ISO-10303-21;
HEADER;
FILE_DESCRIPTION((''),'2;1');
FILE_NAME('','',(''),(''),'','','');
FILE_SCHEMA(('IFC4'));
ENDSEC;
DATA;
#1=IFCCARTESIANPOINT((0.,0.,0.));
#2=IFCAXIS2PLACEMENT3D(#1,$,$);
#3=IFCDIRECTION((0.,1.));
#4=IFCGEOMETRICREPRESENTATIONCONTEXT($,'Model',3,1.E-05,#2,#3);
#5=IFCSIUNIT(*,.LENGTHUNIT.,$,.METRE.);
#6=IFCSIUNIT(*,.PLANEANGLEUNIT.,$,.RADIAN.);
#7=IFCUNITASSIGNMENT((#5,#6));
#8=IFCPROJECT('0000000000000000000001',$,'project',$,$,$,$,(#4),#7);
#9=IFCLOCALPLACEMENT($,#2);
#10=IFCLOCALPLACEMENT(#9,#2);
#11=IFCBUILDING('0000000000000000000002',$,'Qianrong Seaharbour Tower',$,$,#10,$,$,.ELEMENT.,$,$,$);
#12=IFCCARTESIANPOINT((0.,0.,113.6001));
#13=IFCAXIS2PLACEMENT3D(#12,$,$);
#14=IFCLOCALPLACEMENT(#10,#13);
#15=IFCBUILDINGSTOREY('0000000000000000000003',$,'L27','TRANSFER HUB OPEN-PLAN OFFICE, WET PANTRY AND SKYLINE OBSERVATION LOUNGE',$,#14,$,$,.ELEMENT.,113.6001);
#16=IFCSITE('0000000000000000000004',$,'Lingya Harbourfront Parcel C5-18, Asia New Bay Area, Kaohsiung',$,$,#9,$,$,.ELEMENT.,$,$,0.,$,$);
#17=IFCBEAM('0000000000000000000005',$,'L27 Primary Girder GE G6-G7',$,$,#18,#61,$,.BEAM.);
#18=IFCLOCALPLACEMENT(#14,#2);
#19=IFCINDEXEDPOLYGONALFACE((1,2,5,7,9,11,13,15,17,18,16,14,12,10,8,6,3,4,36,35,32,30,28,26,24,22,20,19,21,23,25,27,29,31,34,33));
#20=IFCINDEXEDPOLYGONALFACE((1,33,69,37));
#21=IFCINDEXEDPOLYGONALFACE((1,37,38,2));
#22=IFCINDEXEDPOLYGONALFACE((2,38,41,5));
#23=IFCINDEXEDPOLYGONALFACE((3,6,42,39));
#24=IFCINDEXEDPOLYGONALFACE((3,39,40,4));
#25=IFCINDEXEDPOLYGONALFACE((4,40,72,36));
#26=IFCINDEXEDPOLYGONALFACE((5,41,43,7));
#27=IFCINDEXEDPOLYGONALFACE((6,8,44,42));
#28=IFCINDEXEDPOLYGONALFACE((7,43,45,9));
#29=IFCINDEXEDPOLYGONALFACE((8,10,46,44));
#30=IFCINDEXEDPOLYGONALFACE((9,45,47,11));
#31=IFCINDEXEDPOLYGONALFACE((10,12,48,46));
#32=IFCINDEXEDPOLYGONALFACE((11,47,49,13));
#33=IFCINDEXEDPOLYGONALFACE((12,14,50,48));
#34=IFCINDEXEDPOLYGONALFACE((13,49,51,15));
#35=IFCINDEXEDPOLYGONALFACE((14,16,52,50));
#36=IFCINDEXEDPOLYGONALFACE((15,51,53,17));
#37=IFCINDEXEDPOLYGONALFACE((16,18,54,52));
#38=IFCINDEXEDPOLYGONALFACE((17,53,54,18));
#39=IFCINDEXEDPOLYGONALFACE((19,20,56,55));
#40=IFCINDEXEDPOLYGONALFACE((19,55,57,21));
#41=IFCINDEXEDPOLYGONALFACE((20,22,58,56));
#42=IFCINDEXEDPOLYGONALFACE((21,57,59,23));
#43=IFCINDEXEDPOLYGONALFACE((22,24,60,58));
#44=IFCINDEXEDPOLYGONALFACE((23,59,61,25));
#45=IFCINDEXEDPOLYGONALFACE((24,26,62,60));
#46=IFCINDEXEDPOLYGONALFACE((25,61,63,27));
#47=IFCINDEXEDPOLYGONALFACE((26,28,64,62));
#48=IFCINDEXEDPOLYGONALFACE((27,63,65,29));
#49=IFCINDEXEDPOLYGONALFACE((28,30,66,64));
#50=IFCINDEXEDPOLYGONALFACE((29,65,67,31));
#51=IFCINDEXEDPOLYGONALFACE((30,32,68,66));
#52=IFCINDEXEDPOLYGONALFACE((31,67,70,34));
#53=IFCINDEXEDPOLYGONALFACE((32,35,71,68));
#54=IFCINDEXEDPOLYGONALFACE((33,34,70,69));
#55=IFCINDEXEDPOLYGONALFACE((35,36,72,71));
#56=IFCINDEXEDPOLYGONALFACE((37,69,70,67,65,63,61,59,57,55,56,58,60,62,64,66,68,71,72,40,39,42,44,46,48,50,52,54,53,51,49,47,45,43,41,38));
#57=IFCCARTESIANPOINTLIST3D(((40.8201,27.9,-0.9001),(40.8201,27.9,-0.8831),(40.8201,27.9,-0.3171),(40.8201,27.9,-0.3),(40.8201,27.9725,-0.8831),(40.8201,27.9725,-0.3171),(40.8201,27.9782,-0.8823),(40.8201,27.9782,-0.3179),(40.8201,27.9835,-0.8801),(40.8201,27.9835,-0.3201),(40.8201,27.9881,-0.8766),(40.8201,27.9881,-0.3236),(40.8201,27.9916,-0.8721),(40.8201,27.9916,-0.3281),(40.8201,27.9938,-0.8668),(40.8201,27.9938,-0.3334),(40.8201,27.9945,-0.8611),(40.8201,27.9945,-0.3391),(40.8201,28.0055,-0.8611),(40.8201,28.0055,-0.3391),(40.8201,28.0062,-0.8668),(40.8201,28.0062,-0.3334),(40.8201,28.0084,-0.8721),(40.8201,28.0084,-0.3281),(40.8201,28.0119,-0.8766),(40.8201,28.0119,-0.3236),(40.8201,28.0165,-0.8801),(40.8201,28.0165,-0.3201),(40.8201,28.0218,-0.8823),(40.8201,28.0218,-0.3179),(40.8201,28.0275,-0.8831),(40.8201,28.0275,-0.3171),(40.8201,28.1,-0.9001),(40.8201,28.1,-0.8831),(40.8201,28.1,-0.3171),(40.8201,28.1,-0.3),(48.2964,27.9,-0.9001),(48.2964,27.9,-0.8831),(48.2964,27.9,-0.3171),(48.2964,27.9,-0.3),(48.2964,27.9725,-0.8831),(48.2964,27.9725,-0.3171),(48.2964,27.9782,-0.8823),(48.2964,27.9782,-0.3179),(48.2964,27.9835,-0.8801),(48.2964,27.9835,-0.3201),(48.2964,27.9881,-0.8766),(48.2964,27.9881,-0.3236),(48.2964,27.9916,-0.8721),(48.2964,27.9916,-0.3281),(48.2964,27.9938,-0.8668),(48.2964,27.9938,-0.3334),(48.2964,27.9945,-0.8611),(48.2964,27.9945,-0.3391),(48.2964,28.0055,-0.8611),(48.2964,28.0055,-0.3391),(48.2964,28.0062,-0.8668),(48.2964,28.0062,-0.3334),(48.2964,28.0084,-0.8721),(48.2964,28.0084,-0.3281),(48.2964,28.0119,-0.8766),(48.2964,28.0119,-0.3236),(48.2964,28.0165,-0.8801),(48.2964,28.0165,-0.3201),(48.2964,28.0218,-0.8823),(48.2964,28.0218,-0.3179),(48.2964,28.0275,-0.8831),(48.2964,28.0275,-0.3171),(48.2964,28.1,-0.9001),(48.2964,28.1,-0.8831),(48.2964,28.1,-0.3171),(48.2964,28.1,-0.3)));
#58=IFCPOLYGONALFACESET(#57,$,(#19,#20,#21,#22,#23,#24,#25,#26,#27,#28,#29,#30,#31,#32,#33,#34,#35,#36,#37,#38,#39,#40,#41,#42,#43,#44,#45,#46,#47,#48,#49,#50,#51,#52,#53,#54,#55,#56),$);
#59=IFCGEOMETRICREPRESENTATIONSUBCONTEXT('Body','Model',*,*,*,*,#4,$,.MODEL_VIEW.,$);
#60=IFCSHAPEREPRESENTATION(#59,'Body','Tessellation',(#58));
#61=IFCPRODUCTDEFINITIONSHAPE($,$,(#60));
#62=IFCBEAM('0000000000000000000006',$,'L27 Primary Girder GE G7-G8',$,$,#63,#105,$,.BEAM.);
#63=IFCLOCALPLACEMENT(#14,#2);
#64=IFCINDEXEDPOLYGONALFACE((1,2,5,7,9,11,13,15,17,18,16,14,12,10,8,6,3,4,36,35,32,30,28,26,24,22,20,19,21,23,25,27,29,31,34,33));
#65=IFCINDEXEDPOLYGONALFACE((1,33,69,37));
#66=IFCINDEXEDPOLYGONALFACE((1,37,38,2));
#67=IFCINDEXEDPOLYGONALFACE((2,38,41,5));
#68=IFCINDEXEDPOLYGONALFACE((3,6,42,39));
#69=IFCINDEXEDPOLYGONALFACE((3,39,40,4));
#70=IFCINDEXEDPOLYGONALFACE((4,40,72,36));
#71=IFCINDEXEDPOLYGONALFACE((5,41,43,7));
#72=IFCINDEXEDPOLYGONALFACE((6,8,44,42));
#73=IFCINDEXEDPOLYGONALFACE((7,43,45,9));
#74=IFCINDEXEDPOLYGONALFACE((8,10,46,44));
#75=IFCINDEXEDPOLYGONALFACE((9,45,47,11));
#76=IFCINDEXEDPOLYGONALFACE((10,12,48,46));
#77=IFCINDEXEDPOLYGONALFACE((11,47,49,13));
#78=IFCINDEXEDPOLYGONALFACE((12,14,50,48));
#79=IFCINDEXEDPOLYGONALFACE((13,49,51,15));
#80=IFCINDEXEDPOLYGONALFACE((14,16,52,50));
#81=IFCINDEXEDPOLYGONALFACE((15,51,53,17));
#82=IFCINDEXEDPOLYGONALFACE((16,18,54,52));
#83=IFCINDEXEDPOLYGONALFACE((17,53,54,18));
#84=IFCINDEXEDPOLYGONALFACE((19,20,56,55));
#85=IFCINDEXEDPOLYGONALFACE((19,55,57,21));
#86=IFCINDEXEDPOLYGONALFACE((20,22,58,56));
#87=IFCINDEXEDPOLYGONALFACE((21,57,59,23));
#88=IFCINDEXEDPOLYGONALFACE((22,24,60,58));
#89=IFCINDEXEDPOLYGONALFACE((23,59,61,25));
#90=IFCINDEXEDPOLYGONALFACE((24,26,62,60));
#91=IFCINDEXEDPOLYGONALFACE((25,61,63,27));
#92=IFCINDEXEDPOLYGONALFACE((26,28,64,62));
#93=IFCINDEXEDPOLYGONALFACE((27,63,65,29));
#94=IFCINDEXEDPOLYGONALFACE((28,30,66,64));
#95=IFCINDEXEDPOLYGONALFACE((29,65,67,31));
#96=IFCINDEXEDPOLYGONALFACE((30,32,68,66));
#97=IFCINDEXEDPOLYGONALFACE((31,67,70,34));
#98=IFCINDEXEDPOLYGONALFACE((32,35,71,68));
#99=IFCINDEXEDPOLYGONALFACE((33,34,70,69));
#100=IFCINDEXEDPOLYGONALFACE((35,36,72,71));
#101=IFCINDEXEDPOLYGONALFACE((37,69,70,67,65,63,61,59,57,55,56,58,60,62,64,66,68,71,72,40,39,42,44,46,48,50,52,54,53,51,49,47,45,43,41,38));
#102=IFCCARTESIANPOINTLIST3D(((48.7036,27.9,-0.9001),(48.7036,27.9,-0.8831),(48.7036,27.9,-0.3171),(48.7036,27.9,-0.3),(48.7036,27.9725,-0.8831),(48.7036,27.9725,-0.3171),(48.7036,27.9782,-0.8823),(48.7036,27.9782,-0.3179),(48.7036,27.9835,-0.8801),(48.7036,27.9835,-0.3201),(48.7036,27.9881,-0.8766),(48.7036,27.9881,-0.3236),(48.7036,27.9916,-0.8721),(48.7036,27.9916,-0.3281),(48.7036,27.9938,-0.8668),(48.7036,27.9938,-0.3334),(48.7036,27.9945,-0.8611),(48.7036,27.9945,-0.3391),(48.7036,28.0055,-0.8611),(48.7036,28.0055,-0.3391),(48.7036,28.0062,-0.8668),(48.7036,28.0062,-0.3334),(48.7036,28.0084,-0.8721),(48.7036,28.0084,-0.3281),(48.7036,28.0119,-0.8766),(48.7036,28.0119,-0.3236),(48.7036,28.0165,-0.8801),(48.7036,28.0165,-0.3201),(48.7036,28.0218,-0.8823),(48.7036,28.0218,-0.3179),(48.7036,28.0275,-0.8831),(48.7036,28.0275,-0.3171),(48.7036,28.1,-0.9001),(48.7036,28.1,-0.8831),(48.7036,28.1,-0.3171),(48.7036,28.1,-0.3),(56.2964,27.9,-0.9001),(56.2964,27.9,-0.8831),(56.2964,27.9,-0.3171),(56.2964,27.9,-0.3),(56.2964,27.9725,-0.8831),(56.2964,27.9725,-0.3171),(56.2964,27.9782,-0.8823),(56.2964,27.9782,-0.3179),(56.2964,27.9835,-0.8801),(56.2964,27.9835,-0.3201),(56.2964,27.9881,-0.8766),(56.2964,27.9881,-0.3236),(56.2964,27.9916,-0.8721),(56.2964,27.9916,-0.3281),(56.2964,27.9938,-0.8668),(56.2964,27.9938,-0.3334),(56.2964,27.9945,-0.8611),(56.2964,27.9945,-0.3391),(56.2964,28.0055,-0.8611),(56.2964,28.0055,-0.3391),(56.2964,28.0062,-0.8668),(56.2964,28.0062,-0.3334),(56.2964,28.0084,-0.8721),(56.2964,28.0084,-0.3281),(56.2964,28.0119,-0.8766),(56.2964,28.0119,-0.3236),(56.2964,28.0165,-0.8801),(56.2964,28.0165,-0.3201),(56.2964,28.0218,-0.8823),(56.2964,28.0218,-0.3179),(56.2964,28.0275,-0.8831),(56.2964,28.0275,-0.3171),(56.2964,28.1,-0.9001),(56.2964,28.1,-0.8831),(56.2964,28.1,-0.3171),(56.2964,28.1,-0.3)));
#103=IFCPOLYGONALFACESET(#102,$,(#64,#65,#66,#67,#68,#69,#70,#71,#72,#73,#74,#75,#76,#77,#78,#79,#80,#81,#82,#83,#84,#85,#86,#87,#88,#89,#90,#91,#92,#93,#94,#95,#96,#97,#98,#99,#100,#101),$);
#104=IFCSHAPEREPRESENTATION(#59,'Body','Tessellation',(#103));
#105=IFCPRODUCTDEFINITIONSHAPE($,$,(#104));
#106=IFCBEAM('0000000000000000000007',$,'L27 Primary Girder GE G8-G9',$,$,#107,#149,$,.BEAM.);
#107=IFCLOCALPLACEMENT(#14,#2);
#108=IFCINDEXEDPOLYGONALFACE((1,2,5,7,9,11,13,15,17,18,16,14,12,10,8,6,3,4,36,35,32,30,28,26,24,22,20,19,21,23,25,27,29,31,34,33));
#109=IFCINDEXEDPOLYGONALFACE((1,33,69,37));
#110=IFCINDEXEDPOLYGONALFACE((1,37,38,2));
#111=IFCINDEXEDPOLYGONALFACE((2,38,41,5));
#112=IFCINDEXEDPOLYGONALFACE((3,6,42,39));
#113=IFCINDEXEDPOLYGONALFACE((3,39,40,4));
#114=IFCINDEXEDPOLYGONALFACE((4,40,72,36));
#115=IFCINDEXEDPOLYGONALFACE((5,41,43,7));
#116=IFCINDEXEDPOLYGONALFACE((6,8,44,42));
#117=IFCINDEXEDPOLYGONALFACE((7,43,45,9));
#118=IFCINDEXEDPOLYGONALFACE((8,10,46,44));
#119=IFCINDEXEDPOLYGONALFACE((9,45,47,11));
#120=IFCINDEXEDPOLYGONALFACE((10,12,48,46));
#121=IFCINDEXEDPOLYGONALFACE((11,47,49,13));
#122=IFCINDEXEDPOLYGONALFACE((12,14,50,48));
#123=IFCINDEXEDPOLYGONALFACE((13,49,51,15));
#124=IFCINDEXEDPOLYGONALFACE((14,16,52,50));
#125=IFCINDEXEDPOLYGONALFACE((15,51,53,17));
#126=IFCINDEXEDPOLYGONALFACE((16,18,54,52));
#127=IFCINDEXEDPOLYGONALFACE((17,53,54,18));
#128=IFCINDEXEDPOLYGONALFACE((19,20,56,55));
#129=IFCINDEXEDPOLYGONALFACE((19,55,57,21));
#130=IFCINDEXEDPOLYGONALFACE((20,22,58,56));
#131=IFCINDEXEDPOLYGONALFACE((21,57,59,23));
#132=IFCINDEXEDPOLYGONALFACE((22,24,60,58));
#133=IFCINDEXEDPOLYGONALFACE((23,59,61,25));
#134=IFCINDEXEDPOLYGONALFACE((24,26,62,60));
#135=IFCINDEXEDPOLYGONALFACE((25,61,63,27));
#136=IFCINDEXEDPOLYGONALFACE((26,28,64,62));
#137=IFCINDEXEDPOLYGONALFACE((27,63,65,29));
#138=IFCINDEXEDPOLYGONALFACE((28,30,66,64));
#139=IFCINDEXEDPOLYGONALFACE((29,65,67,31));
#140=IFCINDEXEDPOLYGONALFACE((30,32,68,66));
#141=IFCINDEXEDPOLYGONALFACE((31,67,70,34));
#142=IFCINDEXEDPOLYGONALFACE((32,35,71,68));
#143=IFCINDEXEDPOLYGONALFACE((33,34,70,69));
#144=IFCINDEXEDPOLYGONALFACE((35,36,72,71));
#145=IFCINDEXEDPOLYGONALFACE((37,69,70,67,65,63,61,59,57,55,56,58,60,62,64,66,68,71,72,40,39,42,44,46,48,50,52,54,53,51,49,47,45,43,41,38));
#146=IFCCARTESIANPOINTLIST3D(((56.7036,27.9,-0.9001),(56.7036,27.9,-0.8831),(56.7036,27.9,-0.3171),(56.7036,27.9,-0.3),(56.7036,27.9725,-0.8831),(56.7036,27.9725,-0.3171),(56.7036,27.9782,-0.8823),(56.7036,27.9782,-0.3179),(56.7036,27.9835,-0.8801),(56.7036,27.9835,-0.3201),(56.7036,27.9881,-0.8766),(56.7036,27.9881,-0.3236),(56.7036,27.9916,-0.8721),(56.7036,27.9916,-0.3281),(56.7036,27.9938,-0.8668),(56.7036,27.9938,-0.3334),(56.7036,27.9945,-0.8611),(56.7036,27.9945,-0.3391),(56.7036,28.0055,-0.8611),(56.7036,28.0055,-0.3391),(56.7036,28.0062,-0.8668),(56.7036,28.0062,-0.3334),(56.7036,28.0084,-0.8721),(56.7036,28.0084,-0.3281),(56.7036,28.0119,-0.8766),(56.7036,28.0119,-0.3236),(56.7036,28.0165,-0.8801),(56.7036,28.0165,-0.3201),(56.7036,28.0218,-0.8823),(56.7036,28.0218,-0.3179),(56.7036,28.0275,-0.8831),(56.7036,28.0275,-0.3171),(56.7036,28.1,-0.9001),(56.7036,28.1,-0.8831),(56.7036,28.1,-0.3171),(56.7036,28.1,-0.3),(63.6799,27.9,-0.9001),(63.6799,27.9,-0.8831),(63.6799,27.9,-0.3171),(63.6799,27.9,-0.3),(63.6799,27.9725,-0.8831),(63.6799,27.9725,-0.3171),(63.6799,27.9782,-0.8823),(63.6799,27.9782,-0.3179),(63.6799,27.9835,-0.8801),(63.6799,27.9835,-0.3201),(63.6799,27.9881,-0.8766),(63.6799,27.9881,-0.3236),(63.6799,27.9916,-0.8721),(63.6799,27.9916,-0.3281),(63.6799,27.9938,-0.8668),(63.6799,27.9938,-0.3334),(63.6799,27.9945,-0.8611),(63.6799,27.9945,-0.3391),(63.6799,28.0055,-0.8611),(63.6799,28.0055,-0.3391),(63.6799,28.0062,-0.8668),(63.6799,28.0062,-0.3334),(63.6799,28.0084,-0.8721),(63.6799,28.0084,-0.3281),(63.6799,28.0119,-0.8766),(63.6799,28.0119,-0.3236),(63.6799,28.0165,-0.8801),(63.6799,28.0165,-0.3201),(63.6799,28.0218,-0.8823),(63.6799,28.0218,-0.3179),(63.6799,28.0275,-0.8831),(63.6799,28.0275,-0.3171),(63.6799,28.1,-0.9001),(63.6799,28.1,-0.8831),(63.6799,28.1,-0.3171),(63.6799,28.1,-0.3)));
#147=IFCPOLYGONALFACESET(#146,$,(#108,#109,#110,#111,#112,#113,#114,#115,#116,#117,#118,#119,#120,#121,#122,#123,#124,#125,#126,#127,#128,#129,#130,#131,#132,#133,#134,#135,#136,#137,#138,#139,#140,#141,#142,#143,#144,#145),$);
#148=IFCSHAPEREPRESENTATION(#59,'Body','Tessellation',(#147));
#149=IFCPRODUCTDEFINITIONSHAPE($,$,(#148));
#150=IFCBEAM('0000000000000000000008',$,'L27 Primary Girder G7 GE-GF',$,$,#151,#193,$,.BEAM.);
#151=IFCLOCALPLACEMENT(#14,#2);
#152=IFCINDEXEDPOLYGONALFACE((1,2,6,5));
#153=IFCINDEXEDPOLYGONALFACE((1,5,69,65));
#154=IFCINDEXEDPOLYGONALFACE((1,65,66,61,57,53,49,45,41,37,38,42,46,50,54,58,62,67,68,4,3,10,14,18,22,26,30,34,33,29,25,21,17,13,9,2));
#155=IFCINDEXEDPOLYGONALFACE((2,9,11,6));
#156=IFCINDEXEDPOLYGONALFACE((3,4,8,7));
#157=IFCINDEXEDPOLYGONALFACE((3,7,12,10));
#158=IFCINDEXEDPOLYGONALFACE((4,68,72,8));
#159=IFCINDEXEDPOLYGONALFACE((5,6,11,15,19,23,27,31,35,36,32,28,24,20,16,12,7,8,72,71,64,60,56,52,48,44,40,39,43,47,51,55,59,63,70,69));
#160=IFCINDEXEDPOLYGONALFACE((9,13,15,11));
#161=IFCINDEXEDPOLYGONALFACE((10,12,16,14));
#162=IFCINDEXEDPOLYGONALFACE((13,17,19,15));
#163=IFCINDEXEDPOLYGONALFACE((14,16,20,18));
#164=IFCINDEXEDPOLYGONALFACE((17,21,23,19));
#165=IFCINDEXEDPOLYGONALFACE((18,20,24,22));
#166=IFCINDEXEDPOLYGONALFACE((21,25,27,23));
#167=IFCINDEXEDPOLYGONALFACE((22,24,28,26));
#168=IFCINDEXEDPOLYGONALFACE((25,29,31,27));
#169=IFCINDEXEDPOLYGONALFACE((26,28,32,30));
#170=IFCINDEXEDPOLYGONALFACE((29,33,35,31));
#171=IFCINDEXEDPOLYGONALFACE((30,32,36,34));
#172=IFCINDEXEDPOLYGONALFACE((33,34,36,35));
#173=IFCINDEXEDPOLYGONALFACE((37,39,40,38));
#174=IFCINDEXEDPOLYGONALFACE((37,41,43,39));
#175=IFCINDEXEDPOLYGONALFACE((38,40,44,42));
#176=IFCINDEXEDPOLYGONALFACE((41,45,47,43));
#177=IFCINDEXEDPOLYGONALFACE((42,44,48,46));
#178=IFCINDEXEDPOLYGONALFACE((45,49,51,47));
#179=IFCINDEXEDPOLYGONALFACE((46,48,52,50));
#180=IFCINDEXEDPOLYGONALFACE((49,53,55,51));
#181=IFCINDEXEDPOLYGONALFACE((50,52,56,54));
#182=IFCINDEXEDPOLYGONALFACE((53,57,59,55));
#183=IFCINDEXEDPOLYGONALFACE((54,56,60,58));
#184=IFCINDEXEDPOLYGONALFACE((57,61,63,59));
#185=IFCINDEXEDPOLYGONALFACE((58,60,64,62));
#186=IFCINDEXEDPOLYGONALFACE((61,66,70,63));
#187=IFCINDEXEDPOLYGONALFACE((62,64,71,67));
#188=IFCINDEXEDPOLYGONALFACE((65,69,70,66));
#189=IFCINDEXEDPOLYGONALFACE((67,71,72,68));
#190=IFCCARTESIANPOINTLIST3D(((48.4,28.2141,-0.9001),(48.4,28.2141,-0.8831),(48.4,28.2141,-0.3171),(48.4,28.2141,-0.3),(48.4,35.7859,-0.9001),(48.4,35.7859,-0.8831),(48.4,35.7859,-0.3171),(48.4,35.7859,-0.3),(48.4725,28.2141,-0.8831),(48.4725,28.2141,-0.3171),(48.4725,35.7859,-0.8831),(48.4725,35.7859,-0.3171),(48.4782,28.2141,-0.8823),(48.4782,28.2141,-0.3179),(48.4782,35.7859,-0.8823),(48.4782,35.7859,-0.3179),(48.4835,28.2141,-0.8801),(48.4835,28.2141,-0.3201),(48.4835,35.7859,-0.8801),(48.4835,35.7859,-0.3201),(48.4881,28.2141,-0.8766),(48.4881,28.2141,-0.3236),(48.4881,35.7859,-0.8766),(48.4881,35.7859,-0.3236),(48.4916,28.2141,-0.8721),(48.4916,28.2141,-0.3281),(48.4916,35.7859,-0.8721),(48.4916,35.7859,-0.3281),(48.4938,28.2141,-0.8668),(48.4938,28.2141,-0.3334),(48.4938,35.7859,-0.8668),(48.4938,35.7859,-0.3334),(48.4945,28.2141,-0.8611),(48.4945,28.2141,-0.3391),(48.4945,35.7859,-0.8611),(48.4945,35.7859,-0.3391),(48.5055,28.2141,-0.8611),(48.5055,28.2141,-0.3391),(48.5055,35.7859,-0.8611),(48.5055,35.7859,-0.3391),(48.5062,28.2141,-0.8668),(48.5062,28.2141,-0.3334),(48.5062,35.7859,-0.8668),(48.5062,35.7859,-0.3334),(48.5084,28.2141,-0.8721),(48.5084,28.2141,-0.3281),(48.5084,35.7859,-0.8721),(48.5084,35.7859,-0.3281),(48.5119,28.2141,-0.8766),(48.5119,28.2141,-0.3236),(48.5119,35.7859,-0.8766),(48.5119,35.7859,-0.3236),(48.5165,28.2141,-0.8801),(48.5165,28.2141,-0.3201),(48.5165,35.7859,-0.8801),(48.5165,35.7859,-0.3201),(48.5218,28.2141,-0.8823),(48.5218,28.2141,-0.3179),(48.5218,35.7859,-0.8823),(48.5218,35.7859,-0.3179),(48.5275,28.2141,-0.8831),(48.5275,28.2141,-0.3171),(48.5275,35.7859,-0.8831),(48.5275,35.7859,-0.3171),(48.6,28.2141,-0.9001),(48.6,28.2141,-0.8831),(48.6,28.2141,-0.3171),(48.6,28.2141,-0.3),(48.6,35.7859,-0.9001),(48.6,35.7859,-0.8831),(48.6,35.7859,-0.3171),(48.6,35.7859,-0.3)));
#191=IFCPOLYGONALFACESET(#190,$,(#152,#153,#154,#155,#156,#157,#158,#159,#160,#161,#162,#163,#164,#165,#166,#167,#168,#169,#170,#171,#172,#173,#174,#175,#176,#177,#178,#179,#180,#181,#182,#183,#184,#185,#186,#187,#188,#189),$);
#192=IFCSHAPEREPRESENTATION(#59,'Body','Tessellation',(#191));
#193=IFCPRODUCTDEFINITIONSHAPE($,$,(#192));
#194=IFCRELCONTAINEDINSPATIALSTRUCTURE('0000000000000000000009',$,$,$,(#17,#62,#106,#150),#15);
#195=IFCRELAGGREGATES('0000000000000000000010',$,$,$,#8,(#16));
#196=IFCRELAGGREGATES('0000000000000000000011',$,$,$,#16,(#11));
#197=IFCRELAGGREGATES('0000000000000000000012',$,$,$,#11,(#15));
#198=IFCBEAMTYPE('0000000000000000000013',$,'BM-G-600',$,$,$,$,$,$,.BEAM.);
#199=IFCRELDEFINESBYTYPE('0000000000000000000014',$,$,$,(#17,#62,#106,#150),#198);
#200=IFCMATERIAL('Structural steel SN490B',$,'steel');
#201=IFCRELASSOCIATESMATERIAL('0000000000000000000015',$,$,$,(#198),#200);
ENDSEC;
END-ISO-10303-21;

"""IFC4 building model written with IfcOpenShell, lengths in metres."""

from ifc_helpers import new_model, si_unit, direction, frame, origin, origin_2d, place, context, subcontext, project, spatial, i_section, extrude, material, material_profile, profile_set, type_object, element, save


model = new_model("IFC4")

# Units and contexts
model_context = context("Model", 3, precision=1e-05, world=origin(), true_north=direction((0.0, 1.0)))
body_context = subcontext(model_context, "Body", "Model", "MODEL_VIEW")
ifc_project = project(units=[si_unit("LENGTHUNIT", "METRE"), si_unit("PLANEANGLEUNIT", "RADIAN")], contexts=[model_context])

# Site, building, storey
site_placement = place(None, origin())
site = spatial("IfcSite", under=ifc_project, at=site_placement, Name="Lingya Harbourfront Parcel C5-18, Asia New Bay Area, Kaohsiung", CompositionType="ELEMENT", RefElevation=0.0)
building_placement = place(site_placement, origin())
building = spatial("IfcBuilding", under=site, at=building_placement, Name="Qianrong Seaharbour Tower", CompositionType="ELEMENT")
storey_placement = place(building_placement, frame((0.0, 0.0, 113.6001)))
storey = spatial("IfcBuildingStorey", under=building, at=storey_placement, Name="L27", Description="TRANSFER HUB OPEN-PLAN OFFICE, WET PANTRY AND SKYLINE OBSERVATION LOUNGE", CompositionType="ELEMENT", Elevation=113.6001)

# Shared definitions
ifc_material_1 = material(Name="Structural steel SN490B", Category="steel")

# Beams
ifc_material_profile_1 = material_profile(ifc_material_1, i_section(OverallWidth=0.2, OverallDepth=0.6001, WebThickness=0.011, FlangeThickness=0.0171, FilletRadius=0.022, at=origin_2d()), Name="H600x200x11x17")
ifc_profile_set_1 = profile_set([ifc_material_profile_1], Name="Structural steel SN490B")
beam_type_1 = type_object("IfcBeamType", Name="BM-G-600", PredefinedType="BEAM", material=ifc_profile_set_1)
beam_1_placement = place(storey_placement, frame((40.8201, 28.0, -0.6001), z_axis=(1.0, 0.0, 0.0), x_axis=(0.0, 1.0, 0.0)))
element("IfcBeam", 1, at=beam_1_placement, inside=storey, type_object=beam_type_1, Name="L27 Primary Girder GE G6-G7", PredefinedType="BEAM", context=body_context, shape_type="SweptSolid", body=[
    extrude(i_section(OverallWidth=0.2, OverallDepth=0.6001, WebThickness=0.011, FlangeThickness=0.0171, FilletRadius=0.022, at=origin_2d()), origin(), (0.0, 0.0, 1.0), 7.4763),
])
beam_2_placement = place(storey_placement, frame((48.7036, 28.0, -0.6001), z_axis=(1.0, 0.0, 0.0), x_axis=(0.0, 1.0, 0.0)))
element("IfcBeam", 2, at=beam_2_placement, inside=storey, type_object=beam_type_1, Name="L27 Primary Girder GE G7-G8", PredefinedType="BEAM", context=body_context, shape_type="SweptSolid", body=[
    extrude(i_section(OverallWidth=0.2, OverallDepth=0.6001, WebThickness=0.011, FlangeThickness=0.0171, FilletRadius=0.022, at=origin_2d()), origin(), (0.0, 0.0, 1.0), 7.5928),
])
beam_3_placement = place(storey_placement, frame((56.7036, 28.0, -0.6001), z_axis=(1.0, 0.0, 0.0), x_axis=(0.0, 1.0, 0.0)))
element("IfcBeam", 3, at=beam_3_placement, inside=storey, type_object=beam_type_1, Name="L27 Primary Girder GE G8-G9", PredefinedType="BEAM", context=body_context, shape_type="SweptSolid", body=[
    extrude(i_section(OverallWidth=0.2, OverallDepth=0.6001, WebThickness=0.011, FlangeThickness=0.0171, FilletRadius=0.022, at=origin_2d()), origin(), (0.0, 0.0, 1.0), 6.9763),
])
for number, where, z_axis, x_axis, name in (
    (4, (48.5, 28.2141, -0.6001), (0.0, 1.0, 0.0), (-1.0, 0.0, 0.0), "L27 Primary Girder G7 GE-GF"),
):
    element("IfcBeam", number, at=place(storey_placement, frame(where, z_axis=z_axis, x_axis=x_axis)), inside=storey, type_object=beam_type_1, Name=name, PredefinedType="BEAM", context=body_context, shape_type="SweptSolid", body=[
        extrude(i_section(OverallWidth=0.2, OverallDepth=0.6001, WebThickness=0.011, FlangeThickness=0.0171, FilletRadius=0.022, at=origin_2d()), origin(), (0.0, 0.0, 1.0), 7.5718),
    ])

save(model, "model.ifc")
